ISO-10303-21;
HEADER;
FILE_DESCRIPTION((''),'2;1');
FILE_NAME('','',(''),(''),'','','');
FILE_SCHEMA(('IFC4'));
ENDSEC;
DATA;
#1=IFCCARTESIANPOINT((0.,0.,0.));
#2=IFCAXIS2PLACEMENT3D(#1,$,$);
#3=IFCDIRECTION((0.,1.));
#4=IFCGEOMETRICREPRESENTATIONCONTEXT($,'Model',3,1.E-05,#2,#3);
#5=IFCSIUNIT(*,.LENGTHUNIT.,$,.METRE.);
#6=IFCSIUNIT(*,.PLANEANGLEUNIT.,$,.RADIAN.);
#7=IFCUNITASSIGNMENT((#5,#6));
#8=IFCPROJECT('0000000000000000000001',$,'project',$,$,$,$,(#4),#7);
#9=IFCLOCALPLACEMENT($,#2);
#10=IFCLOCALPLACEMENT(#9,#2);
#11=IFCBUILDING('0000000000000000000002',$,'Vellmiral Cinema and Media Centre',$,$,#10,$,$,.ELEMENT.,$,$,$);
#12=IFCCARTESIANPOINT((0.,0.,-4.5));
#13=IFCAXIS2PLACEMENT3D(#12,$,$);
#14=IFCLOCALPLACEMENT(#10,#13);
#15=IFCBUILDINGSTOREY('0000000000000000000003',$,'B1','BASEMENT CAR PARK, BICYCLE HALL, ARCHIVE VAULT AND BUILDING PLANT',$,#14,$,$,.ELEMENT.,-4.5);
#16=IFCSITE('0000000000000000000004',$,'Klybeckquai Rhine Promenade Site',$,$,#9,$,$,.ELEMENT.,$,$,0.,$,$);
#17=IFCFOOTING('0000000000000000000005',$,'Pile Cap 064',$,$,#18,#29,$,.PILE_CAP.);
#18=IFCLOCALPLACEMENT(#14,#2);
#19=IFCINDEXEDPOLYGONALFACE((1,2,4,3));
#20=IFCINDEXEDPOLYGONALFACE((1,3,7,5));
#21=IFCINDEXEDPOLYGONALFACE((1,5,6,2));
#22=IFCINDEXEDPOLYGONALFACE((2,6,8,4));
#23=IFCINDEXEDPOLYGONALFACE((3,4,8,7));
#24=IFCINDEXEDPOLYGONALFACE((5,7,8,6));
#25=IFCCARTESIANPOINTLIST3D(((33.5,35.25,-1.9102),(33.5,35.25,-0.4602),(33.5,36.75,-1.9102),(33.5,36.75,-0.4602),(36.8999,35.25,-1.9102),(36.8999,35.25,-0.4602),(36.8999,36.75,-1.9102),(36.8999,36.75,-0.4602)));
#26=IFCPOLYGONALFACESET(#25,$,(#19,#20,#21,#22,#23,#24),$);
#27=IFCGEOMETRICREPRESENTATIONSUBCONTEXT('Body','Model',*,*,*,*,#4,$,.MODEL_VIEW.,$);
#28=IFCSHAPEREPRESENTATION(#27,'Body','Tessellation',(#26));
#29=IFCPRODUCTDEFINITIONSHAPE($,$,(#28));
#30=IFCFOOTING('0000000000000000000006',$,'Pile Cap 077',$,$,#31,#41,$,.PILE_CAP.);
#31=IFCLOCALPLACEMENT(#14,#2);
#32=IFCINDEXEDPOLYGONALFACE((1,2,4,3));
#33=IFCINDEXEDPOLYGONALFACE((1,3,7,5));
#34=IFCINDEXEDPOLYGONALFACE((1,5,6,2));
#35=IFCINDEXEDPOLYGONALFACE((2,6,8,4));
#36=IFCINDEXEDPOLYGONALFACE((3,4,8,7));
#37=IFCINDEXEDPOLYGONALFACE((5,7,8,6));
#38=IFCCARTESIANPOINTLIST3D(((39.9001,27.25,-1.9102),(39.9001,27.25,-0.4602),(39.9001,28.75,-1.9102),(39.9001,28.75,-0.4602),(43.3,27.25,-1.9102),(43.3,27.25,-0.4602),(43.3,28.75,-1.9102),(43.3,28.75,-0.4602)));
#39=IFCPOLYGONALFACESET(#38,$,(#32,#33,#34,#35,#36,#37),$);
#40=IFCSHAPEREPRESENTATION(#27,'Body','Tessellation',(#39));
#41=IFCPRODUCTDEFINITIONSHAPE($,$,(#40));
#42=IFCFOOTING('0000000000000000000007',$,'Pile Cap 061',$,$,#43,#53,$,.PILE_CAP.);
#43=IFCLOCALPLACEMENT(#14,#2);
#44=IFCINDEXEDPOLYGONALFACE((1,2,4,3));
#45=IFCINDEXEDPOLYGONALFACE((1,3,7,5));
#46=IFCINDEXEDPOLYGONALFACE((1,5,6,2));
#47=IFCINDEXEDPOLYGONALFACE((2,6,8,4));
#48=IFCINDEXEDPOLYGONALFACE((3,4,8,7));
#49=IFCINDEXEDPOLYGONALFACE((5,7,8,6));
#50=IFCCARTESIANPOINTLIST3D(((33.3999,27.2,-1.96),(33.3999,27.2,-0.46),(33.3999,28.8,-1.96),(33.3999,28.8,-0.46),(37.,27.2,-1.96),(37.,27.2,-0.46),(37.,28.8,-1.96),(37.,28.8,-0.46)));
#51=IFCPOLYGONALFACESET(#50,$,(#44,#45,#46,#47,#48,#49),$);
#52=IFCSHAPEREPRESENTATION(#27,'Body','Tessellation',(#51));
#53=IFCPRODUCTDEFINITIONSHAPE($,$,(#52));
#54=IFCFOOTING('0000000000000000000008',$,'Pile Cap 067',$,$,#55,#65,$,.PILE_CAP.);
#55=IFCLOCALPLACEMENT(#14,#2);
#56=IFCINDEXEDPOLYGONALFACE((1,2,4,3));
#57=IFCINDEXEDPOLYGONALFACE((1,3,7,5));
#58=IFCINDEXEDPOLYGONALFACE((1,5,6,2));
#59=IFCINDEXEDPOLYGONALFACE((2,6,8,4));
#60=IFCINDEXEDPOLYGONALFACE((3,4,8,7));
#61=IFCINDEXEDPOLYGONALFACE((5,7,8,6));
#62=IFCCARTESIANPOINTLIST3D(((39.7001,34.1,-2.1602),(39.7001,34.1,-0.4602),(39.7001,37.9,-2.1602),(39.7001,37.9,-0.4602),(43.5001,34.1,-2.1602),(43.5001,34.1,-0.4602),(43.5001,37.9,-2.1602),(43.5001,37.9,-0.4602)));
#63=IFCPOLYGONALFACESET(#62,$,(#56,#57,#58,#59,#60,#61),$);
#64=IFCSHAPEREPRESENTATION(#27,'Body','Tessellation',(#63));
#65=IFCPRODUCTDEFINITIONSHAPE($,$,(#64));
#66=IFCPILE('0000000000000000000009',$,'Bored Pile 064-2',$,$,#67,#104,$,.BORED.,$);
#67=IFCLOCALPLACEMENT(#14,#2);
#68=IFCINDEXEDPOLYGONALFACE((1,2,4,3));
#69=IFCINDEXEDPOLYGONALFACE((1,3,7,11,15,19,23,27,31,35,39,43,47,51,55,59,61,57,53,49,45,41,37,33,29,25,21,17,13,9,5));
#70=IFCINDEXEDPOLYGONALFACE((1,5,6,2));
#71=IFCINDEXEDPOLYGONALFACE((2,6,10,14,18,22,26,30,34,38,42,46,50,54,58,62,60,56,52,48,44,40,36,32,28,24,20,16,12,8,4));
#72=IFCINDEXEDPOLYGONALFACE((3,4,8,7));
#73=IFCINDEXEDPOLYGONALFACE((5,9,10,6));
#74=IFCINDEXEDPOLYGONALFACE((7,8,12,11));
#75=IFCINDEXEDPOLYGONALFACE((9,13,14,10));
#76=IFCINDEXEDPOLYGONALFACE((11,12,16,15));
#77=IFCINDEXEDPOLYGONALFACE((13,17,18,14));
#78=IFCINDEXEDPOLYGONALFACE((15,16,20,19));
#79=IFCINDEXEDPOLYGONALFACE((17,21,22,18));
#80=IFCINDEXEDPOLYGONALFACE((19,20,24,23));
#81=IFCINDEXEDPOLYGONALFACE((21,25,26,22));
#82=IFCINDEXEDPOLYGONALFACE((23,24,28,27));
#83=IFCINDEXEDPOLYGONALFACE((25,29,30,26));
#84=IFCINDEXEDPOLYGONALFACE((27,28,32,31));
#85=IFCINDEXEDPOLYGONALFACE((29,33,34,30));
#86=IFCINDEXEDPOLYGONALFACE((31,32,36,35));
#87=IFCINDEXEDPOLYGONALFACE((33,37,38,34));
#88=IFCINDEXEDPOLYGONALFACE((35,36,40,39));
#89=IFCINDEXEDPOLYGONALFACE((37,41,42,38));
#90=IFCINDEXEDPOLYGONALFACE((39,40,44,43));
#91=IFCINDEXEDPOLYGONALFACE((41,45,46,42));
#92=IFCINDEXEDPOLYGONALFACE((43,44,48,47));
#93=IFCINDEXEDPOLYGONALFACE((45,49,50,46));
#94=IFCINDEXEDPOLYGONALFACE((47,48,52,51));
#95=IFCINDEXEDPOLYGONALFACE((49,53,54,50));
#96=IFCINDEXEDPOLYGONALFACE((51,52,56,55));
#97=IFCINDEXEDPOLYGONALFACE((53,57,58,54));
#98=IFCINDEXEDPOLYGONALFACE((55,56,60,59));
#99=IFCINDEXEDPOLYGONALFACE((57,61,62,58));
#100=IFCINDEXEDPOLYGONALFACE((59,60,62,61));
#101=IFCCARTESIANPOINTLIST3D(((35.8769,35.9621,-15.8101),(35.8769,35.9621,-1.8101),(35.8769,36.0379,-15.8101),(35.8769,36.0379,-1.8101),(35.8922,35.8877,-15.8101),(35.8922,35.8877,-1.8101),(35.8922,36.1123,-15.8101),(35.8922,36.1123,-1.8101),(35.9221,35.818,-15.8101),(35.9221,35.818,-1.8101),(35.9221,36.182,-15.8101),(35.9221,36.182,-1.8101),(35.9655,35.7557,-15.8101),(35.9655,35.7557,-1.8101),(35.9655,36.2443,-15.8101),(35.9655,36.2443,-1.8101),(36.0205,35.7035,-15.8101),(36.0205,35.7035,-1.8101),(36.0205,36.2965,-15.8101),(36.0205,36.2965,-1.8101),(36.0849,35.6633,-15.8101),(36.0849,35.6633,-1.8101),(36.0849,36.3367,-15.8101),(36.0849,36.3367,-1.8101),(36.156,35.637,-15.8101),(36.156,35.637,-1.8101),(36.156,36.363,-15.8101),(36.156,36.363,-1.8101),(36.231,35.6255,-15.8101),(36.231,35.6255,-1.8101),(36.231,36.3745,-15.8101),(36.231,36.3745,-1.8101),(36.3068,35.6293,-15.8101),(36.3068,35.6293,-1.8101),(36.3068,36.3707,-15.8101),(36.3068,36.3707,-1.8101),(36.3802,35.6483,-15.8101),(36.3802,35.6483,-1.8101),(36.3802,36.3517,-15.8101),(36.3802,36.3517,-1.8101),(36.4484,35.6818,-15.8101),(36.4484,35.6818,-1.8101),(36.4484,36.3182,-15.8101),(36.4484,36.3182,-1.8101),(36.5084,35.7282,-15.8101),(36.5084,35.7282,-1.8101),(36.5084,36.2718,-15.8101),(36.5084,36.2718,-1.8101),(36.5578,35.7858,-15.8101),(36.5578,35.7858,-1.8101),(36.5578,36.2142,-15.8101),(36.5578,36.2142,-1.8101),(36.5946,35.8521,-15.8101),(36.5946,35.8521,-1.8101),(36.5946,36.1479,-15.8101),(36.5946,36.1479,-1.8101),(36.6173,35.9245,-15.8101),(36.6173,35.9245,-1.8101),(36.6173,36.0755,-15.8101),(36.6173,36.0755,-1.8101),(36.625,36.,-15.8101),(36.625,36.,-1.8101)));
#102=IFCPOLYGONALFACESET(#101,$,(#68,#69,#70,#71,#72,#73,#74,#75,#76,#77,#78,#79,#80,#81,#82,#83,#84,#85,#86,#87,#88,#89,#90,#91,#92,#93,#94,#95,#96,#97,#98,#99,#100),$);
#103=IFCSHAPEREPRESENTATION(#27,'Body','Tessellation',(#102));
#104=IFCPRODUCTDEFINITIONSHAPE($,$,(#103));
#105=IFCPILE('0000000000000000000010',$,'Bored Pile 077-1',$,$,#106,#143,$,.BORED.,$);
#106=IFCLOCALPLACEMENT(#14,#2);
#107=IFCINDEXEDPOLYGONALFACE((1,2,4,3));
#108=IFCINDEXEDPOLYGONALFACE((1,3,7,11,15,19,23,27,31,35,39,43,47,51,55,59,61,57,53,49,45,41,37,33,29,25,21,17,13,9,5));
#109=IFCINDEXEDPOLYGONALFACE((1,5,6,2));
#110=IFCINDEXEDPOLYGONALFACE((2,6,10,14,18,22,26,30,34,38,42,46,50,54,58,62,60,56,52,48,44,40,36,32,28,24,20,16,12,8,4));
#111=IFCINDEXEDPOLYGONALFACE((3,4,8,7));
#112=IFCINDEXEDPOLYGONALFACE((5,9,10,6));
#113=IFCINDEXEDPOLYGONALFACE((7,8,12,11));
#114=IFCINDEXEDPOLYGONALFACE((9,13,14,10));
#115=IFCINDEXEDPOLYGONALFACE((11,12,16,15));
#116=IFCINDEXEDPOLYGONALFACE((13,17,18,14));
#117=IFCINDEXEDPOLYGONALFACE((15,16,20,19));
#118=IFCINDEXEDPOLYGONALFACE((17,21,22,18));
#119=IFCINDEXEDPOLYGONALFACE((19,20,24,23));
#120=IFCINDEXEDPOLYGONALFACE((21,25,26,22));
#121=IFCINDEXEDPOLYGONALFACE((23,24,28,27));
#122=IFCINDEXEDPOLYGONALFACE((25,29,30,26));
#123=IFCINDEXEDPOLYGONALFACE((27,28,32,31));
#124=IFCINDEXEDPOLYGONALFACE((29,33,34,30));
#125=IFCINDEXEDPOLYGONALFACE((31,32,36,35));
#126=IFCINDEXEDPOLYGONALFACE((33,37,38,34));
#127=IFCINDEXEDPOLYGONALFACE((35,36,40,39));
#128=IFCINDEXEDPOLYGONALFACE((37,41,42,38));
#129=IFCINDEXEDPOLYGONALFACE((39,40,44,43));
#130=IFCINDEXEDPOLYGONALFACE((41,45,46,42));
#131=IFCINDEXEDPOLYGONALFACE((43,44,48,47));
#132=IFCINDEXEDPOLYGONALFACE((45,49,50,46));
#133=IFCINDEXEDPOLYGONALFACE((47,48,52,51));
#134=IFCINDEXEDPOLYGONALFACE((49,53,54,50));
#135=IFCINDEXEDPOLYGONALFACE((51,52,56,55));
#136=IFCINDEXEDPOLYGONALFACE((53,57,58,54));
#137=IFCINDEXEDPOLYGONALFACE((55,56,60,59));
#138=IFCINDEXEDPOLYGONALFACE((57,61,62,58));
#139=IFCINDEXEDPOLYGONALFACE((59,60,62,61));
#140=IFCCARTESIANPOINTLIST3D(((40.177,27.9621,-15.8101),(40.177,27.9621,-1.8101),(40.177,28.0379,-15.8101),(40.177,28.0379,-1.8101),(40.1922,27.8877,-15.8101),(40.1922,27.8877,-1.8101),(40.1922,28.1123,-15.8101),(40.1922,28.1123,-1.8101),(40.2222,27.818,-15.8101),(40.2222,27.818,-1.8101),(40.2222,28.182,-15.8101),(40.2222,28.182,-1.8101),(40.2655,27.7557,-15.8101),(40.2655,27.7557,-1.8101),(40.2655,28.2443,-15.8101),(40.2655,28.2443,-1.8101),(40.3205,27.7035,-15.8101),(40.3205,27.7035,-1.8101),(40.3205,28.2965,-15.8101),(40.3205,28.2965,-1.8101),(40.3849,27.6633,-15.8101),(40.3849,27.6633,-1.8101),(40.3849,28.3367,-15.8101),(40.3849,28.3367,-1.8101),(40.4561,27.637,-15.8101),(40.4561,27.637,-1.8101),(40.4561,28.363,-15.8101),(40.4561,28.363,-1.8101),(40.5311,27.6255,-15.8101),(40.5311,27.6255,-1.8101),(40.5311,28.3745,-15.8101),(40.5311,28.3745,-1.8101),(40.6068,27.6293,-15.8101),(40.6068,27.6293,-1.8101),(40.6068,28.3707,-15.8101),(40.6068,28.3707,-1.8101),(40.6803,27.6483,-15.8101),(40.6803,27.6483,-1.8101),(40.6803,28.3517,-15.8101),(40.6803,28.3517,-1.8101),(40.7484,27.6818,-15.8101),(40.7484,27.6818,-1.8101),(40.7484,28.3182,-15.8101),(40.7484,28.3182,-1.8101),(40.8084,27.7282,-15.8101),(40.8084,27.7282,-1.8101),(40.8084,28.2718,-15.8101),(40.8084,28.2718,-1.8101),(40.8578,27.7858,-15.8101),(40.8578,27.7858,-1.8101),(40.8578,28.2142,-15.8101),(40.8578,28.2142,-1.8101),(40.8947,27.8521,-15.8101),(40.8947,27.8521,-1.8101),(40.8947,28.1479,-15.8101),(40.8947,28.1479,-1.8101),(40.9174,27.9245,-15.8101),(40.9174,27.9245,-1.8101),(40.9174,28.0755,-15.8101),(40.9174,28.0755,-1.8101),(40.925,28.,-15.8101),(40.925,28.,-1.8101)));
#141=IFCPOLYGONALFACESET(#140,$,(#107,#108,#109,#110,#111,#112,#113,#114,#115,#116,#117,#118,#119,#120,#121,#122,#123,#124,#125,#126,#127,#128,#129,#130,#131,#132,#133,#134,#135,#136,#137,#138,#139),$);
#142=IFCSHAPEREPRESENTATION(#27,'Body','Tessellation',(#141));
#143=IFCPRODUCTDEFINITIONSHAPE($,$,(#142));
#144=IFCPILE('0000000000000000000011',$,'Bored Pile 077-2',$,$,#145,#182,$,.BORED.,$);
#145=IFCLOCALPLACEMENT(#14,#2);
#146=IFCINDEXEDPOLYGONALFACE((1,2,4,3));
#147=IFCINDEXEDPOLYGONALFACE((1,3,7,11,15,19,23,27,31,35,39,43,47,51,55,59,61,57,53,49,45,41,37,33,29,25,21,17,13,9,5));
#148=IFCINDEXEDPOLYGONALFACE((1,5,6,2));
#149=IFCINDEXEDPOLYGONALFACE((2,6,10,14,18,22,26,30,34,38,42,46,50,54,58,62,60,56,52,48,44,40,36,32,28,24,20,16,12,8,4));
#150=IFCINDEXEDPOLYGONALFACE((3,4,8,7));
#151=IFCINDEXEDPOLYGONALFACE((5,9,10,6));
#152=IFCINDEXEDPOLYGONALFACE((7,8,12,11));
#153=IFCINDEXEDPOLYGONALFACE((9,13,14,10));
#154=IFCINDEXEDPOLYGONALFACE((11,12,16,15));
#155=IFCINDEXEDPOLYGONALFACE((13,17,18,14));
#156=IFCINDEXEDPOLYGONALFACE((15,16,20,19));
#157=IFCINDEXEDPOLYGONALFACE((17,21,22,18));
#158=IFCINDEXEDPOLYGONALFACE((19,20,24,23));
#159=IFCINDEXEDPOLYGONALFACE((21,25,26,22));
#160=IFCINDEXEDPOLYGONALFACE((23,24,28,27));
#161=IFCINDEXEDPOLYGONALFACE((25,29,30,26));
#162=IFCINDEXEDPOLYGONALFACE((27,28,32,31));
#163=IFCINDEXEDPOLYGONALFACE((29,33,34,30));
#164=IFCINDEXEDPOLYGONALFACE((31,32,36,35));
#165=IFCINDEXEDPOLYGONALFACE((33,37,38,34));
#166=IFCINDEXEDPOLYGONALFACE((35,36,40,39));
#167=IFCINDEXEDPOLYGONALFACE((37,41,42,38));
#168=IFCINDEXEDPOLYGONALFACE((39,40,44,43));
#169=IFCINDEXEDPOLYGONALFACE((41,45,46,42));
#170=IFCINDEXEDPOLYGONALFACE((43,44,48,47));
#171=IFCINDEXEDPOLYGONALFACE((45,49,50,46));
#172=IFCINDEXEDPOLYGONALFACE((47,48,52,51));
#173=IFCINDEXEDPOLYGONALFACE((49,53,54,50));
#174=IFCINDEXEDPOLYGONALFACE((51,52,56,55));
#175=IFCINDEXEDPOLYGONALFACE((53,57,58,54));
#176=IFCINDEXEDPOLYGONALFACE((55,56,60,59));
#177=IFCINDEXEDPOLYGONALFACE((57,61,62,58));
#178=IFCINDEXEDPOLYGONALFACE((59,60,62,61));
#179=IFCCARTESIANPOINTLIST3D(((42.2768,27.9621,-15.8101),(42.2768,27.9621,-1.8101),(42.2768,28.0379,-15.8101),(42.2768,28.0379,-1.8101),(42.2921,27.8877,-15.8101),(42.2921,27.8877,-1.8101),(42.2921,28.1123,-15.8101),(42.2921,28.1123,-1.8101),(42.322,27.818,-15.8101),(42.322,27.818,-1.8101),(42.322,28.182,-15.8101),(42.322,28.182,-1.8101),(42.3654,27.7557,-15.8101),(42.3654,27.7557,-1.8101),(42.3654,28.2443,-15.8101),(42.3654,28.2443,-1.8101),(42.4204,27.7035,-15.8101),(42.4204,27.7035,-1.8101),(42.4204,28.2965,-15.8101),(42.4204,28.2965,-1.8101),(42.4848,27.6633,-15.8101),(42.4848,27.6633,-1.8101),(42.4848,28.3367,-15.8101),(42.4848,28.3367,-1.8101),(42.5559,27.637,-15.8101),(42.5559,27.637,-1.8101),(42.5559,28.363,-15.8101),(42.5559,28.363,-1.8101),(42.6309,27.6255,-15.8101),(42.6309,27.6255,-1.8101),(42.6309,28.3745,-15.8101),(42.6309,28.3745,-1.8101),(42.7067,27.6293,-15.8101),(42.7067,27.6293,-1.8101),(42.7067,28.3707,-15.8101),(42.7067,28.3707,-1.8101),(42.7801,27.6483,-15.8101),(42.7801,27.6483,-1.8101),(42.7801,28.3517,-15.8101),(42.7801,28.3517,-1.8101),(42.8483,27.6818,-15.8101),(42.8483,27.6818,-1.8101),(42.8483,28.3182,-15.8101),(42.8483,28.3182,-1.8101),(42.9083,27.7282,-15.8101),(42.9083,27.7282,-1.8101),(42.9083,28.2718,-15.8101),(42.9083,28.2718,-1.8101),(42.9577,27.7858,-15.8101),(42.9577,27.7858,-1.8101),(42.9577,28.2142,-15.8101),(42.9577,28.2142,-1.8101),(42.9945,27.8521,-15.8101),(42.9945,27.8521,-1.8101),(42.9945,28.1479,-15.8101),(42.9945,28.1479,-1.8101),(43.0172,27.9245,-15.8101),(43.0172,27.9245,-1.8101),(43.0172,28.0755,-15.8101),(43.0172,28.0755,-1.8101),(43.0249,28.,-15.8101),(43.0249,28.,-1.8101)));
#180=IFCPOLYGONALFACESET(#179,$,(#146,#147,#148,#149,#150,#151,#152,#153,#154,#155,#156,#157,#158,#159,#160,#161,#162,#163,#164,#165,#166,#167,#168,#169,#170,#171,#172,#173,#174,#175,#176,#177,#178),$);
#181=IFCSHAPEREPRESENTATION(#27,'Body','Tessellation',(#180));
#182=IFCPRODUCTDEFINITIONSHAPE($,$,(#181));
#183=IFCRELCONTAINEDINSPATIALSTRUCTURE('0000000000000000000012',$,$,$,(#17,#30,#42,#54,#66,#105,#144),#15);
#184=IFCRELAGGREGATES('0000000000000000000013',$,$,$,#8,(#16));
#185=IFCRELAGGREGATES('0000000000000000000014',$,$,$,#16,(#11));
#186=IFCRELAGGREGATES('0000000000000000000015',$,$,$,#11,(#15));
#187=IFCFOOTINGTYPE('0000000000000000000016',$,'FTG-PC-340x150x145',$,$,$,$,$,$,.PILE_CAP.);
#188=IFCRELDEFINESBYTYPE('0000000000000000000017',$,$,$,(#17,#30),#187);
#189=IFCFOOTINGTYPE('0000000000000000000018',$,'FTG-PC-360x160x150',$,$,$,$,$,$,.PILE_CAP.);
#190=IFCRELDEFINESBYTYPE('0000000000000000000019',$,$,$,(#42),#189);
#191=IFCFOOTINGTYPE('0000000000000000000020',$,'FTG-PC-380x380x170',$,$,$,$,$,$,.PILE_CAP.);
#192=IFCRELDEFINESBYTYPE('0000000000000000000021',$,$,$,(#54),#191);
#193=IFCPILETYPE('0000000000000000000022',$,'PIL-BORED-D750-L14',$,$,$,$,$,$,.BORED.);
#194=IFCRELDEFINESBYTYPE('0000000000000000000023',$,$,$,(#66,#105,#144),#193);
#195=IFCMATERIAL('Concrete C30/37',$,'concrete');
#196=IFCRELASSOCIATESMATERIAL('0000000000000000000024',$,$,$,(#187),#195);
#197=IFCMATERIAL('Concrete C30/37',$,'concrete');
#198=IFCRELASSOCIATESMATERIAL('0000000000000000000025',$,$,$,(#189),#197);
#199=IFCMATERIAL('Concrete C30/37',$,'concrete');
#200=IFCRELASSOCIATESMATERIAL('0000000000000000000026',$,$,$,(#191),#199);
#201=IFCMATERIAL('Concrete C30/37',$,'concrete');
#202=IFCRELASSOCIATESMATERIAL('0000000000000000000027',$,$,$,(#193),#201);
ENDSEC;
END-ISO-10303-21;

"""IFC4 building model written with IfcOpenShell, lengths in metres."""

from ifc_helpers import new_model, si_unit, direction, frame, origin, origin_2d, place, context, subcontext, project, spatial, rectangle, circle, extrude, material, material_profile, profile_set, type_object, element, save


model = new_model("IFC4")

# Units and contexts
model_context = context("Model", 3, precision=1e-05, world=origin(), true_north=direction((0.0, 1.0)))
body_context = subcontext(model_context, "Body", "Model", "MODEL_VIEW")
ifc_project = project(units=[si_unit("LENGTHUNIT", "METRE"), si_unit("PLANEANGLEUNIT", "RADIAN")], contexts=[model_context])

# Site, building, storey
site_placement = place(None, origin())
site = spatial("IfcSite", under=ifc_project, at=site_placement, Name="Klybeckquai Rhine Promenade Site", CompositionType="ELEMENT", RefElevation=0.0)
building_placement = place(site_placement, origin())
building = spatial("IfcBuilding", under=site, at=building_placement, Name="Vellmiral Cinema and Media Centre", CompositionType="ELEMENT")
storey_placement = place(building_placement, frame((0.0, 0.0, -4.5)))
storey = spatial("IfcBuildingStorey", under=building, at=storey_placement, Name="B1", Description="BASEMENT CAR PARK, BICYCLE HALL, ARCHIVE VAULT AND BUILDING PLANT", CompositionType="ELEMENT", Elevation=-4.5)

# Footings
ifc_material_1 = material(Name="Concrete C30/37", Category="concrete")
footing_type_1 = type_object("IfcFootingType", Name="FTG-PC-340x150x145", PredefinedType="PILE_CAP", material=ifc_material_1)
for number, where, z_axis, x_axis, name in (
    (1, (35.2, 36.0, -1.9102), (0.0, 0.0, 1.0), (1.0, 0.0, 0.0), "Pile Cap 064"),
    (2, (41.6001, 28.0, -1.9102), (0.0, 0.0, 1.0), (1.0, 0.0, 0.0), "Pile Cap 077"),
):
    element("IfcFooting", number, at=place(storey_placement, frame(where, z_axis=z_axis, x_axis=x_axis)), inside=storey, type_object=footing_type_1, Name=name, PredefinedType="PILE_CAP", context=body_context, shape_type="SweptSolid", body=[
        extrude(rectangle(XDim=3.3999, YDim=1.5, at=origin_2d()), origin(), (0.0, 0.0, 1.0), 1.45),
    ])
ifc_material_2 = material(Name="Concrete C30/37", Category="concrete")
footing_type_2 = type_object("IfcFootingType", Name="FTG-PC-360x160x150", PredefinedType="PILE_CAP", material=ifc_material_2)
footing_1_placement = place(storey_placement, frame((35.2, 28.0, -1.96), z_axis=(0.0, 0.0, 1.0), x_axis=(1.0, 0.0, 0.0)))
element("IfcFooting", 3, at=footing_1_placement, inside=storey, type_object=footing_type_2, Name="Pile Cap 061", PredefinedType="PILE_CAP", context=body_context, shape_type="SweptSolid", body=[
    extrude(rectangle(XDim=3.6001, YDim=1.6001, at=origin_2d()), origin(), (0.0, 0.0, 1.0), 1.5),
])
ifc_material_3 = material(Name="Concrete C30/37", Category="concrete")
footing_type_3 = type_object("IfcFootingType", Name="FTG-PC-380x380x170", PredefinedType="PILE_CAP", material=ifc_material_3)
footing_2_placement = place(storey_placement, frame((41.6001, 36.0, -2.1602), z_axis=(0.0, 0.0, 1.0), x_axis=(1.0, 0.0, 0.0)))
element("IfcFooting", 4, at=footing_2_placement, inside=storey, type_object=footing_type_3, Name="Pile Cap 067", PredefinedType="PILE_CAP", context=body_context, shape_type="SweptSolid", body=[
    extrude(rectangle(XDim=3.8, YDim=3.8, at=origin_2d()), origin(), (0.0, 0.0, 1.0), 1.7),
])

# Piles
ifc_material_4 = material(Name="Concrete C30/37", Category="concrete")
ifc_material_profile_1 = material_profile(ifc_material_4, circle(Radius=0.375, at=origin_2d()), Name="PILE D750")
ifc_profile_set_1 = profile_set([ifc_material_profile_1], Name="Concrete C30/37")
pile_type_1 = type_object("IfcPileType", Name="PIL-BORED-D750-L14", PredefinedType="BORED", material=ifc_profile_set_1)
for number, where, z_axis, x_axis, name in (
    (5, (36.25, 36.0, -1.8101), (0.0, 0.0, -1.0), (1.0, 0.0, 0.0), "Bored Pile 064-2"),
    (6, (40.55, 28.0, -1.8101), (0.0, 0.0, -1.0), (1.0, 0.0, 0.0), "Bored Pile 077-1"),
    (7, (42.6499, 28.0, -1.8101), (0.0, 0.0, -1.0), (1.0, 0.0, 0.0), "Bored Pile 077-2"),
):
    element("IfcPile", number, at=place(storey_placement, frame(where, z_axis=z_axis, x_axis=x_axis)), inside=storey, type_object=pile_type_1, Name=name, PredefinedType="BORED", context=body_context, shape_type="SweptSolid", body=[
        extrude(circle(Radius=0.375, at=origin_2d()), origin(), (0.0, 0.0, 1.0), 14.0),
    ])

save(model, "model.ifc")
